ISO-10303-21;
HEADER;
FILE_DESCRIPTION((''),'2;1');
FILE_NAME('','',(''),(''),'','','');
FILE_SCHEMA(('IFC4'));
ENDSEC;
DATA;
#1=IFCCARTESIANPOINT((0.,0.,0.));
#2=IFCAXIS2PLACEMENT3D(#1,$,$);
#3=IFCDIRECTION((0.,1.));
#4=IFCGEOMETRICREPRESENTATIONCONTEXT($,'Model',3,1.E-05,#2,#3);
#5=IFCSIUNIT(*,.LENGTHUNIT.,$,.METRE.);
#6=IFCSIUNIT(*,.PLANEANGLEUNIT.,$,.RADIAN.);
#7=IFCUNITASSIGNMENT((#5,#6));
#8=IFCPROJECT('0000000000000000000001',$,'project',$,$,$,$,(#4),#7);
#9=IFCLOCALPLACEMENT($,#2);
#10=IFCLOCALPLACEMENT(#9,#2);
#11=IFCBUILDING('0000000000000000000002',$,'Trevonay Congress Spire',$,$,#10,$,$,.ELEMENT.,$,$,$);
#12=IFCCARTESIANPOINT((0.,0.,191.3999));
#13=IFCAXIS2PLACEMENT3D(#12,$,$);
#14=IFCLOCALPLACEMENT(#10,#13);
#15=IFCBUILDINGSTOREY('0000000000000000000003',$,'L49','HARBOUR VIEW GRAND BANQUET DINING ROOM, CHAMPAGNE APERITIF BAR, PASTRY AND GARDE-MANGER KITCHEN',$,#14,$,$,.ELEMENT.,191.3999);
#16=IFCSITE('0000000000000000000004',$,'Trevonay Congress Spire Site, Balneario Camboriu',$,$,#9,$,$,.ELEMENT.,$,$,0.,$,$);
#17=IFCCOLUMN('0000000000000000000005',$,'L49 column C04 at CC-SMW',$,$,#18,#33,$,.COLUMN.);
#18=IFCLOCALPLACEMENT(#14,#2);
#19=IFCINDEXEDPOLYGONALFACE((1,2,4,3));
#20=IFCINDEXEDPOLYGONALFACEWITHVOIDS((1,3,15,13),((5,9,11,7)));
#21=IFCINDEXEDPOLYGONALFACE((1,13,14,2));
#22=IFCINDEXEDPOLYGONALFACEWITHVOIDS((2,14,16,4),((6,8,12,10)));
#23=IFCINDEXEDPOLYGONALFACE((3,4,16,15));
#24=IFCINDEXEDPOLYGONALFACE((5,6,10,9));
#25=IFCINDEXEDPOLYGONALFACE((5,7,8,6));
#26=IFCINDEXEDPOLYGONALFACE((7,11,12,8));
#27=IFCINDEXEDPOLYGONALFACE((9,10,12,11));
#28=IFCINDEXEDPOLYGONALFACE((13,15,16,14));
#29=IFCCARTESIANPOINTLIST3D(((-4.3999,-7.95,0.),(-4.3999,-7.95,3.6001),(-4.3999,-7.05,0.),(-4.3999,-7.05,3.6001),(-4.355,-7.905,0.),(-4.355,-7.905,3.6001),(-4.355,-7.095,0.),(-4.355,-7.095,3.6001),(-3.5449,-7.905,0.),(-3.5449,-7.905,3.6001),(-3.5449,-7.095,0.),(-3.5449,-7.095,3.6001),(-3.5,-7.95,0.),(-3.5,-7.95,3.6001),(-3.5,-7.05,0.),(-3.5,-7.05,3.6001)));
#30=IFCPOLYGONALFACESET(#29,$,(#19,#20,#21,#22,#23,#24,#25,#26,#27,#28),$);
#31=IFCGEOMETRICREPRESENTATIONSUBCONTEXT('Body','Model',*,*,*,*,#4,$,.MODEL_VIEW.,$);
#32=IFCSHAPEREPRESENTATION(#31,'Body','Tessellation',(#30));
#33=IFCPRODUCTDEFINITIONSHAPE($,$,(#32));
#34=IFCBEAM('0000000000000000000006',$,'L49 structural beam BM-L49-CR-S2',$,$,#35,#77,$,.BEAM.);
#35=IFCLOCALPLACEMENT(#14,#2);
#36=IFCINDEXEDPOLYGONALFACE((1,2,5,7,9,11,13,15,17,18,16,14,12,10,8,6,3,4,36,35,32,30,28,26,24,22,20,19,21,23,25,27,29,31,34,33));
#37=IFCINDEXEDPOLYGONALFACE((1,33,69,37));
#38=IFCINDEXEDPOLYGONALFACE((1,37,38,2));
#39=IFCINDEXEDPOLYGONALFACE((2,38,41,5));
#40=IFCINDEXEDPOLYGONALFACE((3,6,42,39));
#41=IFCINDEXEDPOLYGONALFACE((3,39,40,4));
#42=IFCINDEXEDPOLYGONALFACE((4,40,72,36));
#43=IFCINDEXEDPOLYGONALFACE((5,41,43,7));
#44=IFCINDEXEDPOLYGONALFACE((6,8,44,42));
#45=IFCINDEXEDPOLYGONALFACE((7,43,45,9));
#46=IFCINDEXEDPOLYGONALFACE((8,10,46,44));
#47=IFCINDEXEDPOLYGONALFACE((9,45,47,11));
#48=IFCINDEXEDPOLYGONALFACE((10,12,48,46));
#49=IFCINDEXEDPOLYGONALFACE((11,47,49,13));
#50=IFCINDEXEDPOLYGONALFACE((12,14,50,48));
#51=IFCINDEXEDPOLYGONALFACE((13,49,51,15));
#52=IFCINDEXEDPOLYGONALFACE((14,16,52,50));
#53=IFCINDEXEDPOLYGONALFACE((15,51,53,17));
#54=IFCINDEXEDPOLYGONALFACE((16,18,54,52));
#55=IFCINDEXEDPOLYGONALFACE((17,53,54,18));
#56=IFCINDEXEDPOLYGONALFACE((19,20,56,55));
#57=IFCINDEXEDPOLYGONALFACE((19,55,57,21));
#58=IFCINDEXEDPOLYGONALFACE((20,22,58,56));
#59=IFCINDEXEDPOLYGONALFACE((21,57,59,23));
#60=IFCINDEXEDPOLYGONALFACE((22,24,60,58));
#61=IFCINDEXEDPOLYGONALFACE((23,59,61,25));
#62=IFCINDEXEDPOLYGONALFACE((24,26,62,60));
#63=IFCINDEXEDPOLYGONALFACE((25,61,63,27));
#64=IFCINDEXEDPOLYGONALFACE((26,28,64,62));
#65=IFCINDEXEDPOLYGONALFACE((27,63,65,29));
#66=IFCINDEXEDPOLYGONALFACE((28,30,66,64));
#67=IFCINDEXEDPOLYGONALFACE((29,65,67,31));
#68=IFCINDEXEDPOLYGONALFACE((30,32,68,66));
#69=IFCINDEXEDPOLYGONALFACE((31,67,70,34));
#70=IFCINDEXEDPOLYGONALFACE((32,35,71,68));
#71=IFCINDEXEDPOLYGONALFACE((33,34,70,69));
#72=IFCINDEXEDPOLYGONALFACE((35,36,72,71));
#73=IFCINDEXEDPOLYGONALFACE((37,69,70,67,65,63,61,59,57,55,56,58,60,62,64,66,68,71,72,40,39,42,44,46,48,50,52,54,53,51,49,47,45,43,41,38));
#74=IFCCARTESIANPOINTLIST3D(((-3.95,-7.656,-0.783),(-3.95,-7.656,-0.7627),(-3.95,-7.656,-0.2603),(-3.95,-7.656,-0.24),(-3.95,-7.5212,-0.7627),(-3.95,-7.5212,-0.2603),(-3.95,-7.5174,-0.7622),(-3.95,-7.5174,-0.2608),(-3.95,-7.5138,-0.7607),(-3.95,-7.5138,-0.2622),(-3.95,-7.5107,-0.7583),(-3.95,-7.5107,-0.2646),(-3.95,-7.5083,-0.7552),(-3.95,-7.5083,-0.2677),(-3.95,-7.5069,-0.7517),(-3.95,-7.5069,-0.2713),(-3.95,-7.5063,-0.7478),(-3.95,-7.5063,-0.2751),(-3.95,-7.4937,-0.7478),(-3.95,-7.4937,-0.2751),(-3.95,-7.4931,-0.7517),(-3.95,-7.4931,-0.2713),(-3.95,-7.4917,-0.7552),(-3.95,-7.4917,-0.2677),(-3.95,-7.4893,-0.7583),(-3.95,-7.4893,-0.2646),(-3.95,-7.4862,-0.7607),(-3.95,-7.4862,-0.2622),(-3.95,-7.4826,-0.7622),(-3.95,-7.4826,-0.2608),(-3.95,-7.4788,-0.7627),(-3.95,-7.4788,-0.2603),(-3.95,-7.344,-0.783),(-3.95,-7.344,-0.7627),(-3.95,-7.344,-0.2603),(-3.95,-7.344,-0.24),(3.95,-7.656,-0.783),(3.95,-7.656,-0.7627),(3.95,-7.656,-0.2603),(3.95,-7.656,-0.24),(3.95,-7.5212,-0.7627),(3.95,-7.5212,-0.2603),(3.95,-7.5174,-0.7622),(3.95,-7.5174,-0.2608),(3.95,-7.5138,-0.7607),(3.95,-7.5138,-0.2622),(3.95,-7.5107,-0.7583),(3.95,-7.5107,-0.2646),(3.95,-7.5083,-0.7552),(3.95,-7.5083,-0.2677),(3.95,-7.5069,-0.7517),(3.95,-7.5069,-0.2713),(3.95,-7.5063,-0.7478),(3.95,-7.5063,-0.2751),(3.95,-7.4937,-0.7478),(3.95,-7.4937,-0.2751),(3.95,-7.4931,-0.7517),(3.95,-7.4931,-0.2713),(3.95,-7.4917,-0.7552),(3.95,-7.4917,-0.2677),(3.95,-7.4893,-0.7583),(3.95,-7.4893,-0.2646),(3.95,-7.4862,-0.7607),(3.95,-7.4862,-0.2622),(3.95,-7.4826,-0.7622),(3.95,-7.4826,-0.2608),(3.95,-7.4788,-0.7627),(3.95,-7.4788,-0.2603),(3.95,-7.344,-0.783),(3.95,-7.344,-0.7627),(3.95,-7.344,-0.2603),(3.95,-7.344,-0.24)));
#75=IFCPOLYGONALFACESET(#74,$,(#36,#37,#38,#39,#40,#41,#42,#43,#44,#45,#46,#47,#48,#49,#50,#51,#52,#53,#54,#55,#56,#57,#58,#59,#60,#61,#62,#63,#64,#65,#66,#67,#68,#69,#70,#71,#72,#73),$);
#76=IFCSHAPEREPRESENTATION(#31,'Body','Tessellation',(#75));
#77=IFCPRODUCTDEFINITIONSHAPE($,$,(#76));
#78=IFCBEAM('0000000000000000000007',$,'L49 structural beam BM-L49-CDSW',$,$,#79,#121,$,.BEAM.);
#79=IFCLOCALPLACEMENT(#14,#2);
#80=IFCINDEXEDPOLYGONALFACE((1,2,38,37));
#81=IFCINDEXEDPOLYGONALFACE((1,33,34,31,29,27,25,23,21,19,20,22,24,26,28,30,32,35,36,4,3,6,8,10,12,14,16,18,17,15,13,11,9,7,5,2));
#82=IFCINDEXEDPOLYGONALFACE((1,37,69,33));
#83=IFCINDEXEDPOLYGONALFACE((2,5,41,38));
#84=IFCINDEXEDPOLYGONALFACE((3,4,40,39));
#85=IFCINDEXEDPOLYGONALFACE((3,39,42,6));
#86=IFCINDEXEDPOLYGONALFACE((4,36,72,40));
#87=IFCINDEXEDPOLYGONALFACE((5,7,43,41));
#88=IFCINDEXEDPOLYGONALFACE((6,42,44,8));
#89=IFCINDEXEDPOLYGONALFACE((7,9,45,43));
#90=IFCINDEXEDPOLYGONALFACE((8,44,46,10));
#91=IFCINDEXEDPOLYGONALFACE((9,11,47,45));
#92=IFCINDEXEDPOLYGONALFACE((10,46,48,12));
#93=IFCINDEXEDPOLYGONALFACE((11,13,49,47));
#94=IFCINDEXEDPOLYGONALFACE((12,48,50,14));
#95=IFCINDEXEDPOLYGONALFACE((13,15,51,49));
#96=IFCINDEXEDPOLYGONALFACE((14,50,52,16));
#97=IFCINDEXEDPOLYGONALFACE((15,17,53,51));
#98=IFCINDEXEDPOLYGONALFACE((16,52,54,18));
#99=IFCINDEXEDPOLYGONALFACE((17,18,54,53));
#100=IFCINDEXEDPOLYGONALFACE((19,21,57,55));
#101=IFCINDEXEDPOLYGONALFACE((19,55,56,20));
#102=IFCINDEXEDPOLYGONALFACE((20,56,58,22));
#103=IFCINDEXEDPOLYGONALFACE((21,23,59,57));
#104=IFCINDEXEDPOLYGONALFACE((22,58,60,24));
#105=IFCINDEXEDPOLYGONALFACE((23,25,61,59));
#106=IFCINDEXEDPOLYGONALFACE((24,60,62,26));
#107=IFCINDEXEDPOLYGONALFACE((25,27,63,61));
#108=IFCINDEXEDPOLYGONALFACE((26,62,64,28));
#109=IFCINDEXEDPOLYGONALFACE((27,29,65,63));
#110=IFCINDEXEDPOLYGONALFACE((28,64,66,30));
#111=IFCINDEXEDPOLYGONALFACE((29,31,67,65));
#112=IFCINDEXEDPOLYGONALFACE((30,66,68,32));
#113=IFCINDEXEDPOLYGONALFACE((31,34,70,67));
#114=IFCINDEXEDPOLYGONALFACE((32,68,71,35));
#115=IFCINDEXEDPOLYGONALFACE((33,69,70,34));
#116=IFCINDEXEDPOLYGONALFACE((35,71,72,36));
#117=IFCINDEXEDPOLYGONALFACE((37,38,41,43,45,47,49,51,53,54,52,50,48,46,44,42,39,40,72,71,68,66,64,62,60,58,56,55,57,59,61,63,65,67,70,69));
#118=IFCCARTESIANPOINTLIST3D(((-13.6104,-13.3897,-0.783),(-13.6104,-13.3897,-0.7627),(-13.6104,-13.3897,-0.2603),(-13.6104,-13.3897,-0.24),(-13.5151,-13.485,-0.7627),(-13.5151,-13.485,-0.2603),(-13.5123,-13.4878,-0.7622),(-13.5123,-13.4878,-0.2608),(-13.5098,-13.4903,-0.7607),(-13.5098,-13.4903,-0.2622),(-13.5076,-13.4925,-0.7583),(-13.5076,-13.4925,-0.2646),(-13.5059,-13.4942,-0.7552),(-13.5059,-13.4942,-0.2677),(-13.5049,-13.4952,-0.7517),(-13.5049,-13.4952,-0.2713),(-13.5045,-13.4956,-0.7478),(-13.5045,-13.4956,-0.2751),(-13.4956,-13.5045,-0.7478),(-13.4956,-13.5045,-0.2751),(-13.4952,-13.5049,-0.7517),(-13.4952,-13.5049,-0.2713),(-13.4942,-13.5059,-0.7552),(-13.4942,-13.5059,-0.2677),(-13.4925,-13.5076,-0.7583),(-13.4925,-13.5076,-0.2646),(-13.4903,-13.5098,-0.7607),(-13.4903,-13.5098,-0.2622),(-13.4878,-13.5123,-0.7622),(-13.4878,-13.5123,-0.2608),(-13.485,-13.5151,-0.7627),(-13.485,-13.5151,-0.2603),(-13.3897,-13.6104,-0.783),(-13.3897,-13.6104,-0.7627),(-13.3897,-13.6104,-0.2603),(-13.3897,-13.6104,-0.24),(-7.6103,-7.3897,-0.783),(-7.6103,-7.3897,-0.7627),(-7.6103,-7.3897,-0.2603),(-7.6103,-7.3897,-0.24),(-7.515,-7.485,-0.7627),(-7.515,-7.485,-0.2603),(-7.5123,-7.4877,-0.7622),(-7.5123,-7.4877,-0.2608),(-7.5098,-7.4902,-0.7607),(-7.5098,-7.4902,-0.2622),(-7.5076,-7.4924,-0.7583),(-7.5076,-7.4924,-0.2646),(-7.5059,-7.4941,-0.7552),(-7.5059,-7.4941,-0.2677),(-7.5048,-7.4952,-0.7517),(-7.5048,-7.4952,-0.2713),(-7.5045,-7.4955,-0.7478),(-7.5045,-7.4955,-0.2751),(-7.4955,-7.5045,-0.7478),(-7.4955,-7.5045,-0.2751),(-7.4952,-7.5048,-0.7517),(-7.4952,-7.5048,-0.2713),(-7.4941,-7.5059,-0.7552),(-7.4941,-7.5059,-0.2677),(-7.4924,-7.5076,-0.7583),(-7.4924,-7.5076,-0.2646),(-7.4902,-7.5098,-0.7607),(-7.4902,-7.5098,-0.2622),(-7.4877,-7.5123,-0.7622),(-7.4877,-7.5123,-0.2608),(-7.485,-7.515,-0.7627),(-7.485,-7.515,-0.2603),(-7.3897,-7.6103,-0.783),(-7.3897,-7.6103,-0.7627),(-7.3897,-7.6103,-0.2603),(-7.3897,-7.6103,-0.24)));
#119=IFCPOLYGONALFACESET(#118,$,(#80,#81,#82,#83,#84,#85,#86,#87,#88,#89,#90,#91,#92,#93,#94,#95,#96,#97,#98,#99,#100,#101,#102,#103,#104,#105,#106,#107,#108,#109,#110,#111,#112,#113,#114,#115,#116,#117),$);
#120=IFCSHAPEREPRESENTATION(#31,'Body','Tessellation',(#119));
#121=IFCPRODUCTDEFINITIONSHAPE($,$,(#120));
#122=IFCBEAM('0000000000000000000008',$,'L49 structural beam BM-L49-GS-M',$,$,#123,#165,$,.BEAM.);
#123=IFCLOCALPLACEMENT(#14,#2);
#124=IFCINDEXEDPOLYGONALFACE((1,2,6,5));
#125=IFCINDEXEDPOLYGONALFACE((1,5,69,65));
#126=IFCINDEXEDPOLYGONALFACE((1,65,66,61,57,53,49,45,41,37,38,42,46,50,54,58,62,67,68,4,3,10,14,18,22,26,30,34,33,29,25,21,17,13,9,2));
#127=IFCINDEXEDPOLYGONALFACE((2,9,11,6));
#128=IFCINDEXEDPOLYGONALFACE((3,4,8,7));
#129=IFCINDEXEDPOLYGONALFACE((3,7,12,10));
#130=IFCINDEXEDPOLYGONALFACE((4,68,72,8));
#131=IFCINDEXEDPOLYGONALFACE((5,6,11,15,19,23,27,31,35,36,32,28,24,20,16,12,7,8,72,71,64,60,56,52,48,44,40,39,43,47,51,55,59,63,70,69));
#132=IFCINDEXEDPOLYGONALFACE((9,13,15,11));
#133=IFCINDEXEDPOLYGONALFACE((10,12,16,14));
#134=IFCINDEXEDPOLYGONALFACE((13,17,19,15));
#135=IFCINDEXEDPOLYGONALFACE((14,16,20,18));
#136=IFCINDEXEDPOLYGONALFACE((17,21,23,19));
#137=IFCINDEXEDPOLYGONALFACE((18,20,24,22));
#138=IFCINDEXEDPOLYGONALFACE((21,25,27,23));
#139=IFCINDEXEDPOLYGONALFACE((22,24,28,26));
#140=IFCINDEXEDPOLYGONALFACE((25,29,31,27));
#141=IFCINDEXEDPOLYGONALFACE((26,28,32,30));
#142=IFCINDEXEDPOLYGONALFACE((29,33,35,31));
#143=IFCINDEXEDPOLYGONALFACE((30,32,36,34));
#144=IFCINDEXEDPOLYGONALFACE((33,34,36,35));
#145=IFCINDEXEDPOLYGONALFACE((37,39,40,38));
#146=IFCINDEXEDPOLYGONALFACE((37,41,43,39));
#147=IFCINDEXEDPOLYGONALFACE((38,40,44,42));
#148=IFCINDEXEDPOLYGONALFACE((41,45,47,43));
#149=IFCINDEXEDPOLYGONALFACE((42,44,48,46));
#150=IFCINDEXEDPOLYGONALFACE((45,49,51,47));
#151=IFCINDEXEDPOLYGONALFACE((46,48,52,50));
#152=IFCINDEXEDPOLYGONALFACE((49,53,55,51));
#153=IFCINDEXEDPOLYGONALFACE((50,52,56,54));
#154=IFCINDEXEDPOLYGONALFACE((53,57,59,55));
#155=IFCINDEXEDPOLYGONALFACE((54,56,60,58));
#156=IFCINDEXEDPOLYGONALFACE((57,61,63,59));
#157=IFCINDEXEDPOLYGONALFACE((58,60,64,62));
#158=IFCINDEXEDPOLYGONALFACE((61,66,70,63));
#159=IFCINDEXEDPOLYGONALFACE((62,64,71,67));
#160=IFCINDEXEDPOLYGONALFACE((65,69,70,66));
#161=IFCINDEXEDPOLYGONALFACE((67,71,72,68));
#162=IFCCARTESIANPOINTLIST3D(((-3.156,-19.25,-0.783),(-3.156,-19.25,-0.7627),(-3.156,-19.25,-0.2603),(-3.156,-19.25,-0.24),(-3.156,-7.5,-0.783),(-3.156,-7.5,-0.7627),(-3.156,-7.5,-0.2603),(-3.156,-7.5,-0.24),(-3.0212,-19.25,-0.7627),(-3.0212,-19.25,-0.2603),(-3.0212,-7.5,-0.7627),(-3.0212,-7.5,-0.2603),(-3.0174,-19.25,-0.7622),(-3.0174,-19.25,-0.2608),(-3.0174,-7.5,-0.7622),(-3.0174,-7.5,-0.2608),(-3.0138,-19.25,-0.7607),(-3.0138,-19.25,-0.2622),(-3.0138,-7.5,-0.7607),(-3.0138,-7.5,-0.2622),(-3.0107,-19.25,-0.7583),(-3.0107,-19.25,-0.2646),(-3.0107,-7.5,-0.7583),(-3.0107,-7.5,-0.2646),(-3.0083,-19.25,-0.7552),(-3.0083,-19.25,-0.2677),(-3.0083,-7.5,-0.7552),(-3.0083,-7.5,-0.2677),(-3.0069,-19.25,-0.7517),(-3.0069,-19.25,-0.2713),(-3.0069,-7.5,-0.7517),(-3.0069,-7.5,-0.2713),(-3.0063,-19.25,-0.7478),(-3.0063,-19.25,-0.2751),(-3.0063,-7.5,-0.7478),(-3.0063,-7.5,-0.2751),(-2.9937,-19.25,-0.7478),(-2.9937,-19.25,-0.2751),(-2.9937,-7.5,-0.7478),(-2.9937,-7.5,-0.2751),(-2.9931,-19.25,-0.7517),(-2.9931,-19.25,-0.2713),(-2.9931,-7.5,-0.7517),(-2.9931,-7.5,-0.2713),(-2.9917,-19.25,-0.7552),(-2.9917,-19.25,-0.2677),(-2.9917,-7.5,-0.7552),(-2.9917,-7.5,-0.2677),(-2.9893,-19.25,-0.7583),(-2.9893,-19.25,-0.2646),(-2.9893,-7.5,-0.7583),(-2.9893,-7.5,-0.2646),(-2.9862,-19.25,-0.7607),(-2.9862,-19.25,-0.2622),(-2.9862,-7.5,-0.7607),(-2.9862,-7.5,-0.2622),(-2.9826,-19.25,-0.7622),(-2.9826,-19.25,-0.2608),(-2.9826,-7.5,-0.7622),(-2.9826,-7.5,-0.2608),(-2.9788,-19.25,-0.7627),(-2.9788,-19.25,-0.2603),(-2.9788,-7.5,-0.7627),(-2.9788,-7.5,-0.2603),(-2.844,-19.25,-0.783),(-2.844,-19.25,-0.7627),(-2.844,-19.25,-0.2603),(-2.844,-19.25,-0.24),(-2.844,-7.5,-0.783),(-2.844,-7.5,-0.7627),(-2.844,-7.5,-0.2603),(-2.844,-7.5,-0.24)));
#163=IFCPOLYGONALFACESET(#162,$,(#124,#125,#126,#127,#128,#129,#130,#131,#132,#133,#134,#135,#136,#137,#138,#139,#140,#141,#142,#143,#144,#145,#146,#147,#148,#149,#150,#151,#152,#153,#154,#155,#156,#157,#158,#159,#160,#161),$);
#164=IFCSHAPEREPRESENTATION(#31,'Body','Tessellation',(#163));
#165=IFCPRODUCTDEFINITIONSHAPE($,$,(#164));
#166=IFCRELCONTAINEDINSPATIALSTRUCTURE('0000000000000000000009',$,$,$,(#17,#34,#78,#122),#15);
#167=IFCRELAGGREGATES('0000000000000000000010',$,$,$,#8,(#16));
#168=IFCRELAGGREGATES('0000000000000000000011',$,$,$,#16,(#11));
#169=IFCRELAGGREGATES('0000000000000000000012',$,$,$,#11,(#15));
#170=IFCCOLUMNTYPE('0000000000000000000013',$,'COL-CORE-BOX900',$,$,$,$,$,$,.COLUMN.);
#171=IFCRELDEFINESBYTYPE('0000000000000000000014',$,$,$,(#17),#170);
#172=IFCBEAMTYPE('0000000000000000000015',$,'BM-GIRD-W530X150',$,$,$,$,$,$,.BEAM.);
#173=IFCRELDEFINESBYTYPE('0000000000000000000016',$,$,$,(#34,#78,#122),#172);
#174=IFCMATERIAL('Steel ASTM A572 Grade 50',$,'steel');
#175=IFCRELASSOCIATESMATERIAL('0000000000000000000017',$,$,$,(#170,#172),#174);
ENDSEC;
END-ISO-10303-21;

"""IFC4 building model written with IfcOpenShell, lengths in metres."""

from ifc_helpers import new_model, si_unit, direction, frame, origin, origin_2d, place, context, subcontext, project, spatial, hollow_rectangle, i_section, extrude, material, material_profile, profile_set, type_object, element, save


model = new_model("IFC4")

# Units and contexts
model_context = context("Model", 3, precision=1e-05, world=origin(), true_north=direction((0.0, 1.0)))
body_context = subcontext(model_context, "Body", "Model", "MODEL_VIEW")
ifc_project = project(units=[si_unit("LENGTHUNIT", "METRE"), si_unit("PLANEANGLEUNIT", "RADIAN")], contexts=[model_context])

# Site, building, storey
site_placement = place(None, origin())
site = spatial("IfcSite", under=ifc_project, at=site_placement, Name="Trevonay Congress Spire Site, Balneario Camboriu", CompositionType="ELEMENT", RefElevation=0.0)
building_placement = place(site_placement, origin())
building = spatial("IfcBuilding", under=site, at=building_placement, Name="Trevonay Congress Spire", CompositionType="ELEMENT")
storey_placement = place(building_placement, frame((0.0, 0.0, 191.3999)))
storey = spatial("IfcBuildingStorey", under=building, at=storey_placement, Name="L49", Description="HARBOUR VIEW GRAND BANQUET DINING ROOM, CHAMPAGNE APERITIF BAR, PASTRY AND GARDE-MANGER KITCHEN", CompositionType="ELEMENT", Elevation=191.3999)

# Column
ifc_material_1 = material(Name="Steel ASTM A572 Grade 50", Category="steel")
ifc_material_profile_1 = material_profile(ifc_material_1, hollow_rectangle(XDim=0.8999, YDim=0.8999, WallThickness=0.0449, at=origin_2d()), Name="BOX 900x900x45")
ifc_profile_set_1 = profile_set([ifc_material_profile_1], Name="Steel ASTM A572 Grade 50")
column_type = type_object("IfcColumnType", Name="COL-CORE-BOX900", PredefinedType="COLUMN", material=ifc_profile_set_1)
column_placement = place(storey_placement, frame((-3.95, -7.5, 0.0), z_axis=(0.0, 0.0, 1.0), x_axis=(1.0, 0.0, 0.0)))
element("IfcColumn", 1, at=column_placement, inside=storey, type_object=column_type, Name="L49 column C04 at CC-SMW", PredefinedType="COLUMN", context=body_context, shape_type="SweptSolid", body=[
    extrude(hollow_rectangle(XDim=0.8999, YDim=0.8999, WallThickness=0.0449, at=origin_2d()), origin(), (0.0, 0.0, 1.0), 3.6001),
])

# Beams
ifc_material_profile_2 = material_profile(ifc_material_1, i_section(OverallWidth=0.312, OverallDepth=0.543, WebThickness=0.0127, FlangeThickness=0.0203, FilletRadius=0.0149, at=origin_2d()), Name="W530x150")
ifc_profile_set_2 = profile_set([ifc_material_profile_2], Name="Steel ASTM A572 Grade 50")
beam_type_1 = type_object("IfcBeamType", Name="BM-GIRD-W530X150", PredefinedType="BEAM", material=ifc_profile_set_2)
beam_1_placement = place(storey_placement, frame((-3.95, -7.5, -0.5115), z_axis=(1.0, 0.0, 0.0), x_axis=(0.0, 1.0, 0.0)))
element("IfcBeam", 2, at=beam_1_placement, inside=storey, type_object=beam_type_1, Name="L49 structural beam BM-L49-CR-S2", PredefinedType="BEAM", context=body_context, shape_type="SweptSolid", body=[
    extrude(i_section(OverallWidth=0.312, OverallDepth=0.543, WebThickness=0.0127, FlangeThickness=0.0203, FilletRadius=0.0149, at=origin_2d()), origin(), (0.0, 0.0, 1.0), 7.8999),
])
beam_2_placement = place(storey_placement, frame((-7.5, -7.5, -0.5115), z_axis=(-0.707107, -0.707107, 0.0), x_axis=(0.707107, -0.707107, 0.0)))
element("IfcBeam", 3, at=beam_2_placement, inside=storey, type_object=beam_type_1, Name="L49 structural beam BM-L49-CDSW", PredefinedType="BEAM", context=body_context, shape_type="SweptSolid", body=[
    extrude(i_section(OverallWidth=0.312, OverallDepth=0.543, WebThickness=0.0127, FlangeThickness=0.0203, FilletRadius=0.0149, at=origin_2d()), origin(), (0.0, 0.0, 1.0), 8.4854),
])
for number, where, z_axis, x_axis, name in (
    (4, (-3.0, -7.5, -0.5115), (0.0, -1.0, 0.0), (1.0, 0.0, 0.0), "L49 structural beam BM-L49-GS-M"),
):
    element("IfcBeam", number, at=place(storey_placement, frame(where, z_axis=z_axis, x_axis=x_axis)), inside=storey, type_object=beam_type_1, Name=name, PredefinedType="BEAM", context=body_context, shape_type="SweptSolid", body=[
        extrude(i_section(OverallWidth=0.312, OverallDepth=0.543, WebThickness=0.0127, FlangeThickness=0.0203, FilletRadius=0.0149, at=origin_2d()), origin(), (0.0, 0.0, 1.0), 11.75),
    ])

save(model, "model.ifc")
